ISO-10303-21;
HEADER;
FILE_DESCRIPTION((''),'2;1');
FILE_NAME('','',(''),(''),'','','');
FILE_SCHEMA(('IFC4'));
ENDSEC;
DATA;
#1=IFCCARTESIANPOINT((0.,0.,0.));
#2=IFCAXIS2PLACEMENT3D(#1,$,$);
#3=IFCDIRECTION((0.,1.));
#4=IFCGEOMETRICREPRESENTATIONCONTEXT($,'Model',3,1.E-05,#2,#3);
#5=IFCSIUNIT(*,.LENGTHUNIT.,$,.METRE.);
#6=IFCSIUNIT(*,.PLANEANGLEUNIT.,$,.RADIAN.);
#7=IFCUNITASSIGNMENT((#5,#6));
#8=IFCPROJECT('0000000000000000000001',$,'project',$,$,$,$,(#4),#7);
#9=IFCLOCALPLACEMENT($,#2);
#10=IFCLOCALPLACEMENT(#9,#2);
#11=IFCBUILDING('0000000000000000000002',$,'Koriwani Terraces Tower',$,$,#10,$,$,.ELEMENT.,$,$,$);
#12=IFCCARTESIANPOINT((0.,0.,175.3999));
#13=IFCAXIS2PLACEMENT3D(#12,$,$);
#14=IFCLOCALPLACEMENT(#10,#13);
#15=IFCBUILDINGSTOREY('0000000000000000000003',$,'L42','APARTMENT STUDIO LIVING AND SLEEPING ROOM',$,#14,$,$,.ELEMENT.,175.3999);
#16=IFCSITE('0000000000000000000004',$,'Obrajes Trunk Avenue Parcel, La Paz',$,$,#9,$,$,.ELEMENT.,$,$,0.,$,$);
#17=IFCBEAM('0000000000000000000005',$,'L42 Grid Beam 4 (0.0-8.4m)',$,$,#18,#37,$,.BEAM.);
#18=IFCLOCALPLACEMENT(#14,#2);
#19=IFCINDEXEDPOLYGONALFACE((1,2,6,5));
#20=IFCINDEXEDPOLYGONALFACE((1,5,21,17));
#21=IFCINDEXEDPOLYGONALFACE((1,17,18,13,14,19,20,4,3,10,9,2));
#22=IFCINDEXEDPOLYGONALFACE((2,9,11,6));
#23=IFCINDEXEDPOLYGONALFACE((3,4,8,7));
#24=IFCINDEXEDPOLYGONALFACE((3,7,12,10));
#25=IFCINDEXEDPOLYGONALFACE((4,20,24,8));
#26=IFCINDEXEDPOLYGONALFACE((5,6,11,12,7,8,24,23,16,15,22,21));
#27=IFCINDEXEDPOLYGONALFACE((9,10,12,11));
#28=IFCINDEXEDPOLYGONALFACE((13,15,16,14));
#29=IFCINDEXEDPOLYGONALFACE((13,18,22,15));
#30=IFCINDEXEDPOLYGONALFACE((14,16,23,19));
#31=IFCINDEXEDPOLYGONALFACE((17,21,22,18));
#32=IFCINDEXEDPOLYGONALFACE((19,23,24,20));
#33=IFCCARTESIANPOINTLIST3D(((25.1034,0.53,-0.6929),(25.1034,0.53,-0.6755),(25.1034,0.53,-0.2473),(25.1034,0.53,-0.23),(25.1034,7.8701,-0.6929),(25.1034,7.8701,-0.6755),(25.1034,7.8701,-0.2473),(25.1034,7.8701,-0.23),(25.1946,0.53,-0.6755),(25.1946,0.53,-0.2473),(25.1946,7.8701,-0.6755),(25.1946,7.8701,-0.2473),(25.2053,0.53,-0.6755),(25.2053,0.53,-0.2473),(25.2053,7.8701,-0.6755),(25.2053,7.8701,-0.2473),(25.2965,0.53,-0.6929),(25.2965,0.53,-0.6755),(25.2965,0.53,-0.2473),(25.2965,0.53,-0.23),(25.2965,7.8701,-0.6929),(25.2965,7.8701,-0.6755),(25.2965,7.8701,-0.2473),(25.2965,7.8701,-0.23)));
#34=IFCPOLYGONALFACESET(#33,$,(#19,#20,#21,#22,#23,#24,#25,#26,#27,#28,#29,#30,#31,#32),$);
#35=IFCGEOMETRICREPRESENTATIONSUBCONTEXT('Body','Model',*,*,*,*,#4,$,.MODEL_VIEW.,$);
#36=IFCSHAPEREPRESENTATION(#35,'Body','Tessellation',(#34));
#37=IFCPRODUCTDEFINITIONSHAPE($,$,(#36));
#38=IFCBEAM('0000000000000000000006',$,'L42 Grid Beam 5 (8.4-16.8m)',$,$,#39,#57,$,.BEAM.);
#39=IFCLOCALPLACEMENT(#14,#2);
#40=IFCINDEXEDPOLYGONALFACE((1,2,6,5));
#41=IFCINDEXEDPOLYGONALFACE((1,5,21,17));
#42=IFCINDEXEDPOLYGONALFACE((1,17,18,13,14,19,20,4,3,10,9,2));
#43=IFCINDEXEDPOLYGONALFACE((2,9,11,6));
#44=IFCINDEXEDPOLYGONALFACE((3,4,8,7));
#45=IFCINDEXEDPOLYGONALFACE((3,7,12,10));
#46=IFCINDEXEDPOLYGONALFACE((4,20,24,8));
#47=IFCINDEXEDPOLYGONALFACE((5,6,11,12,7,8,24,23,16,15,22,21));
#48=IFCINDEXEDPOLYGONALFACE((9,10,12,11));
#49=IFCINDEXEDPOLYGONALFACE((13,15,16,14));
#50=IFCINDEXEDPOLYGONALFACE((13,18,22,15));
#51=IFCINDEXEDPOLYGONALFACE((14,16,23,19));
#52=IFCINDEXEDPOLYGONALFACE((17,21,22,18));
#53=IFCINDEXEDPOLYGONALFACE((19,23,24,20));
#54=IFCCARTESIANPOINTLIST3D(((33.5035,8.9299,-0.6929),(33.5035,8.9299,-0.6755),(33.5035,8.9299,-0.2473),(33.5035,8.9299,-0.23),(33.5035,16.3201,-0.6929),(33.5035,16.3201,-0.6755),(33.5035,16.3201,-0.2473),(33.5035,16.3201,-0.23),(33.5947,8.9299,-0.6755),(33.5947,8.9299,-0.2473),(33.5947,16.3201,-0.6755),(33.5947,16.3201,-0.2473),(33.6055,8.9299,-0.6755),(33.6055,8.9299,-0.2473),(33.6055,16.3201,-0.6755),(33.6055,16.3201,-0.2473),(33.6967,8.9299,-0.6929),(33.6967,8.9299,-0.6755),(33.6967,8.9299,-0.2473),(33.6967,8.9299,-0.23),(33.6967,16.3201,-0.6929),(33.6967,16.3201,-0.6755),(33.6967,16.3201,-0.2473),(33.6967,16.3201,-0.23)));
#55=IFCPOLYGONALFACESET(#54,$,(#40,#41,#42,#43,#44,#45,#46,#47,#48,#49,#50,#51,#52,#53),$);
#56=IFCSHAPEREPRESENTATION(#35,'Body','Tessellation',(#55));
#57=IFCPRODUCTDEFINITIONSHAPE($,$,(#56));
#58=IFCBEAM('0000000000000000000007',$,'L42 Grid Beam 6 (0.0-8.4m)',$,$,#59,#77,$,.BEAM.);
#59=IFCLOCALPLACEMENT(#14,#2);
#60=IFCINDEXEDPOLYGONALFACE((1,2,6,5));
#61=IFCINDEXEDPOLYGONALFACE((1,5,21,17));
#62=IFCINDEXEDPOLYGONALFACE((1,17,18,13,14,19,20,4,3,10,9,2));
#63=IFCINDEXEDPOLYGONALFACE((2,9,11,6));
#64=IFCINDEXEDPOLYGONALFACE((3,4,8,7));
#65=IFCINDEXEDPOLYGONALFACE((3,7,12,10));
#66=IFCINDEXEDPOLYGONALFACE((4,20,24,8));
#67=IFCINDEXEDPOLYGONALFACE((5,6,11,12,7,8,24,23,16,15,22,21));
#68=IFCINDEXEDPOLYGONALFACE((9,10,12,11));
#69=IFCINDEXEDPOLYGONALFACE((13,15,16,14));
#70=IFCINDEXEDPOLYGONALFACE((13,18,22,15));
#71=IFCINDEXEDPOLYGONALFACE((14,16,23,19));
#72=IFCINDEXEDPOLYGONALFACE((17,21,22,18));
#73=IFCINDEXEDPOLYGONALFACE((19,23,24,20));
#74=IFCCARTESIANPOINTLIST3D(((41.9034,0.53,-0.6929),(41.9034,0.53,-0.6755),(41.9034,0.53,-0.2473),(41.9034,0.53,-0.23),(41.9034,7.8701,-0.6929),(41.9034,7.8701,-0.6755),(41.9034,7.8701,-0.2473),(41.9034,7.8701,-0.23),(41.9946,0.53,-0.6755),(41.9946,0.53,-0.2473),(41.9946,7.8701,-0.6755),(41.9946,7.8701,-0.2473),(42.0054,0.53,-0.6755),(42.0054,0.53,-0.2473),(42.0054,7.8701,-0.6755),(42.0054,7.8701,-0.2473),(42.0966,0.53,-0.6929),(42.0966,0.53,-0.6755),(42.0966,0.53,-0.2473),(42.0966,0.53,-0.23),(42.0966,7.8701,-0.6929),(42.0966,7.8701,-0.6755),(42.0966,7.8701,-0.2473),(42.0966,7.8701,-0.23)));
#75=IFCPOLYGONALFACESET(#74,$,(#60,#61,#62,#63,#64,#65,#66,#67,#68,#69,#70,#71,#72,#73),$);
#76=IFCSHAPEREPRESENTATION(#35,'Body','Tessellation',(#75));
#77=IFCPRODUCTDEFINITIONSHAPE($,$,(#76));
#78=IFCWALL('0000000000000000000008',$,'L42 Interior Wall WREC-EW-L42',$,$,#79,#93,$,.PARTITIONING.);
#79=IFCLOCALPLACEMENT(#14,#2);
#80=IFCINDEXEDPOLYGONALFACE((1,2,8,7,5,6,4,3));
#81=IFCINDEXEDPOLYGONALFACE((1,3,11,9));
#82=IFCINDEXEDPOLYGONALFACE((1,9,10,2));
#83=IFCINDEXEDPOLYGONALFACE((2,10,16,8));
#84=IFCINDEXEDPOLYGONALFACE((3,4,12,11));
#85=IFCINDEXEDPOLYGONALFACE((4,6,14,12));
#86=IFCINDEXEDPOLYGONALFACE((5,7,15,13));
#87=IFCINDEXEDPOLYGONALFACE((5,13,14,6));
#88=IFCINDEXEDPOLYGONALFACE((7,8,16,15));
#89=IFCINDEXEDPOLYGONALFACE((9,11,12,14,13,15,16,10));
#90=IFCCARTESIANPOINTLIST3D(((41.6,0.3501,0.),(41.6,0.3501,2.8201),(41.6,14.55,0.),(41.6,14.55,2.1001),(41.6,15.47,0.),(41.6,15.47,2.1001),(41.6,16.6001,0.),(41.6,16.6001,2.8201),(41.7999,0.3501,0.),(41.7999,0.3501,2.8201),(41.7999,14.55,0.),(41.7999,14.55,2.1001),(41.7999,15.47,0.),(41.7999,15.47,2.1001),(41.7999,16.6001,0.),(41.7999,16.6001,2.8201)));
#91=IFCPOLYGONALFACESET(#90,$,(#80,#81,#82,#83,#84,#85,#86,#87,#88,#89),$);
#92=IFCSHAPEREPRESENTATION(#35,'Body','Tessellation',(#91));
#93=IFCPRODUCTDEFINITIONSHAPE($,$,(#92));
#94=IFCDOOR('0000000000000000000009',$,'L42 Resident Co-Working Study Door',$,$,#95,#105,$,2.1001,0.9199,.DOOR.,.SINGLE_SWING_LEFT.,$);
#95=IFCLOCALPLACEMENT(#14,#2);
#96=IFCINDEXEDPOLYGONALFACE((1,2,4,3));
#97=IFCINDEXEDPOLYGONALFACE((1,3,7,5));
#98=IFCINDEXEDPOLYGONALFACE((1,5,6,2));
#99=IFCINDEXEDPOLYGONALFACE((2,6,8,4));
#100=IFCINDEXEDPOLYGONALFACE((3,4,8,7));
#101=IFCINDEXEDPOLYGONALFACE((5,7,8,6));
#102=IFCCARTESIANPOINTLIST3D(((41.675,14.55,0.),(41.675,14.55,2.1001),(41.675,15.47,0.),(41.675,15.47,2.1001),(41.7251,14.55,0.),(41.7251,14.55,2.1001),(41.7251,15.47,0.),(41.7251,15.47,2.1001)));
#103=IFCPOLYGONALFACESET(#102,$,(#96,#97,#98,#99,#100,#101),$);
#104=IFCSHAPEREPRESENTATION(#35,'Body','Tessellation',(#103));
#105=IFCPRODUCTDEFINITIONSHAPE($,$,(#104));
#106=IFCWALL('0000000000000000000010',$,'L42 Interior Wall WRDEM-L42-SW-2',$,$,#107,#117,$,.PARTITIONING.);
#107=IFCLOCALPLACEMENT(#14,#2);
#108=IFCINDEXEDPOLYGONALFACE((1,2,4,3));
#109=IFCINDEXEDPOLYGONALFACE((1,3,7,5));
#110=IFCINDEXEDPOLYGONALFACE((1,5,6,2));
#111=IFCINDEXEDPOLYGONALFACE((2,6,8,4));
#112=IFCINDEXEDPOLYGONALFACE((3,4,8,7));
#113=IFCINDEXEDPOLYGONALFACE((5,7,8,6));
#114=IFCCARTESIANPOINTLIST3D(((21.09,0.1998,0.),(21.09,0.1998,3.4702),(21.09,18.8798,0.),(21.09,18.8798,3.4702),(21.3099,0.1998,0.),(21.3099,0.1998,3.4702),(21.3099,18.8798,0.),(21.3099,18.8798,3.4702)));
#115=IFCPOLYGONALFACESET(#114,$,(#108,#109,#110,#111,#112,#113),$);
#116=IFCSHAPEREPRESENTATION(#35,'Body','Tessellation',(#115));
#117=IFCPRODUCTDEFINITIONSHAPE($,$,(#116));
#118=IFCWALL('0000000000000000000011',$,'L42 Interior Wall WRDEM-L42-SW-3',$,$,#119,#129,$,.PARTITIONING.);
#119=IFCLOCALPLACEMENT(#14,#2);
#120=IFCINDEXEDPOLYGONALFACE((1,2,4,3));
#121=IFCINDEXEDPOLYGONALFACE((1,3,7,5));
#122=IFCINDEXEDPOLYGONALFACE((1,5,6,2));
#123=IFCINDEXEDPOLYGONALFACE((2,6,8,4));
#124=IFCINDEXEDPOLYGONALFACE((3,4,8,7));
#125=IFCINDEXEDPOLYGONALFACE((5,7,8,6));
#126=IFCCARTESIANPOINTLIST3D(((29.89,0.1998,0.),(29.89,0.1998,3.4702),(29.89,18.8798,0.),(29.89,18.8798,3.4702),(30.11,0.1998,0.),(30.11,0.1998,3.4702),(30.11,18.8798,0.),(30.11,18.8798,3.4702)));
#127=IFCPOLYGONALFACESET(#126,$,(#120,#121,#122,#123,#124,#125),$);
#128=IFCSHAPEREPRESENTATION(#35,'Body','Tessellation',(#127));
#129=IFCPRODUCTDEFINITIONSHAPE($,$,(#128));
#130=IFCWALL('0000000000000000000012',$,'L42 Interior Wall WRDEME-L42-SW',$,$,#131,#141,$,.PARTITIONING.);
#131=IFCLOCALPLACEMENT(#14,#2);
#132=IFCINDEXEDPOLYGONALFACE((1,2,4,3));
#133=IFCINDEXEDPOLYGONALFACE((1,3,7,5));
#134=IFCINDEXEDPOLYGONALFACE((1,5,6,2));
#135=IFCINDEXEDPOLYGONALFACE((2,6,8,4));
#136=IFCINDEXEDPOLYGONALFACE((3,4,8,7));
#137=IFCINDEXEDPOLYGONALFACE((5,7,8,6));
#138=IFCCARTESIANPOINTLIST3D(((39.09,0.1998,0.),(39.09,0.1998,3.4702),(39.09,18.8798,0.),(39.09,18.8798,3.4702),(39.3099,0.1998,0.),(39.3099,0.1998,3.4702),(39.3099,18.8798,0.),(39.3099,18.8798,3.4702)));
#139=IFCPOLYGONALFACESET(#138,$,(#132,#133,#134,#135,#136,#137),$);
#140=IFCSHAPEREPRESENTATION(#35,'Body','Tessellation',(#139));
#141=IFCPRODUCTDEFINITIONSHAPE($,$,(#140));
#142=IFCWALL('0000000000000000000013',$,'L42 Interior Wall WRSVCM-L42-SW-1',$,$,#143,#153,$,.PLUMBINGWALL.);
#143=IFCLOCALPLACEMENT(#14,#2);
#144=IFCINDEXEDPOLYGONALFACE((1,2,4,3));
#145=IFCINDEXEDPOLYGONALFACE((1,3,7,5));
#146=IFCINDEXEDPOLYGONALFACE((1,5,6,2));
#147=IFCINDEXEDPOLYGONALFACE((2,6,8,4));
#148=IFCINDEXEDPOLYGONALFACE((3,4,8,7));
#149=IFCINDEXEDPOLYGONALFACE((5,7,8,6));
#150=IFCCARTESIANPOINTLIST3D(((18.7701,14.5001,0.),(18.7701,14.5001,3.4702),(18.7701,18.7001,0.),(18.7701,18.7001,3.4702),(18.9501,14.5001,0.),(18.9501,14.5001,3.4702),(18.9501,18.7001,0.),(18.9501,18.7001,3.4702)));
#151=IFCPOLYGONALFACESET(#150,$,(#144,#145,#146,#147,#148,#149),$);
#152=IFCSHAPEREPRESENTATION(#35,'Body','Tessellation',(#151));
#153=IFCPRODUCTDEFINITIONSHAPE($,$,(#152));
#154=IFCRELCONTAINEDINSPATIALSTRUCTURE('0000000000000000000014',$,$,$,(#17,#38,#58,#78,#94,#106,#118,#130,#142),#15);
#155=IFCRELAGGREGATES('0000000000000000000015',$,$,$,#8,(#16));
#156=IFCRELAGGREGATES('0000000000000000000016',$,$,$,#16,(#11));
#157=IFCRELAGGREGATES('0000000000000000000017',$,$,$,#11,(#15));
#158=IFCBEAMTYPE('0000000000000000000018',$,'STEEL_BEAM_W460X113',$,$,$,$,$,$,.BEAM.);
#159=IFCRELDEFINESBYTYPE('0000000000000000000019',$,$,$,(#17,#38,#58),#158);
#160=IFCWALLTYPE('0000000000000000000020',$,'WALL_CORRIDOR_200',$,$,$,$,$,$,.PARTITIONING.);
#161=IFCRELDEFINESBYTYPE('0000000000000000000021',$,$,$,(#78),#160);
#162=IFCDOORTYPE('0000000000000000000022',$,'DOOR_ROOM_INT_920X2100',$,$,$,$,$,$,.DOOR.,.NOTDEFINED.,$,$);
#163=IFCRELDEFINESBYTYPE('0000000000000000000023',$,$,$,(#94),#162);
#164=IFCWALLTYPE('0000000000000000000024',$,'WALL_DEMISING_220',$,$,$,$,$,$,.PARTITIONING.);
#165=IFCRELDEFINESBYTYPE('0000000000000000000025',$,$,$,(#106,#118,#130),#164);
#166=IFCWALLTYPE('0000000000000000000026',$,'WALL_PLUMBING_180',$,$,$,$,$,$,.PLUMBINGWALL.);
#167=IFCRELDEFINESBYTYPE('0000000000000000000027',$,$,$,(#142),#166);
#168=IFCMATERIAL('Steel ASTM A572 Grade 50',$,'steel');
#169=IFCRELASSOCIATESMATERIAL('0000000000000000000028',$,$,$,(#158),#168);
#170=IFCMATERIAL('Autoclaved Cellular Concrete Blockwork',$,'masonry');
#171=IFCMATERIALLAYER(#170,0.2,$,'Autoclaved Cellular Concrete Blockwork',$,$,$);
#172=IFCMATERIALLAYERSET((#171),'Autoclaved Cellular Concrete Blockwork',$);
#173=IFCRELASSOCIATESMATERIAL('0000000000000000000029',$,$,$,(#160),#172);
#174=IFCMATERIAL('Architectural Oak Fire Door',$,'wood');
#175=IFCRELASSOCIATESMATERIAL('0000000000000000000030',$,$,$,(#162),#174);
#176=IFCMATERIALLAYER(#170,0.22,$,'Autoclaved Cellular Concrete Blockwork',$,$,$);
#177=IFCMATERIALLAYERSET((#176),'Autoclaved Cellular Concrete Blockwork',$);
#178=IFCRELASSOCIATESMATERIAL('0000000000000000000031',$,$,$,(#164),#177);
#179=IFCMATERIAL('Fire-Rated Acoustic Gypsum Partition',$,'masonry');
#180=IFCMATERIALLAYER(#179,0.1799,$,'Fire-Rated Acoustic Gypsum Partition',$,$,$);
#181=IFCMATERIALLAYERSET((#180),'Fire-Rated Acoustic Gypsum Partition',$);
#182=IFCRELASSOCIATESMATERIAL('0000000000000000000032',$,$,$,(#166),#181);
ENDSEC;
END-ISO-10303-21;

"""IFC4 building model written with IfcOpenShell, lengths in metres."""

from ifc_helpers import new_model, si_unit, direction, frame, frame_2d, origin, origin_2d, place, context, subcontext, project, spatial, rectangle, i_section, extrude, material, layer, layer_set, material_profile, profile_set, type_object, element, fill, save


model = new_model("IFC4")

# Units and contexts
model_context = context("Model", 3, precision=1e-05, world=origin(), true_north=direction((0.0, 1.0)))
body_context = subcontext(model_context, "Body", "Model", "MODEL_VIEW")
ifc_project = project(units=[si_unit("LENGTHUNIT", "METRE"), si_unit("PLANEANGLEUNIT", "RADIAN")], contexts=[model_context])

# Site, building, storey
site_placement = place(None, origin())
site = spatial("IfcSite", under=ifc_project, at=site_placement, Name="Obrajes Trunk Avenue Parcel, La Paz", CompositionType="ELEMENT", RefElevation=0.0)
building_placement = place(site_placement, origin())
building = spatial("IfcBuilding", under=site, at=building_placement, Name="Koriwani Terraces Tower", CompositionType="ELEMENT")
storey_placement = place(building_placement, frame((0.0, 0.0, 175.3999)))
storey = spatial("IfcBuildingStorey", under=building, at=storey_placement, Name="L42", Description="APARTMENT STUDIO LIVING AND SLEEPING ROOM", CompositionType="ELEMENT", Elevation=175.3999)

# Beams
ifc_material_1 = material(Name="Steel ASTM A572 Grade 50", Category="steel")
ifc_material_profile_1 = material_profile(ifc_material_1, i_section(OverallWidth=0.1931, OverallDepth=0.4629, WebThickness=0.0107, FlangeThickness=0.0173, at=origin_2d()), Name="Steel ASTM A572 Grade 50", Category="LoadBearing")
ifc_profile_set_1 = profile_set([ifc_material_profile_1], Name="Steel ASTM A572 Grade 50")
beam_type_1 = type_object("IfcBeamType", Name="STEEL_BEAM_W460X113", PredefinedType="BEAM", material=ifc_profile_set_1)
for number, where, z_axis, x_axis, name in (
    (1, (25.2, 0.53, -0.4614), (0.0, 1.0, 0.0), (-1.0, 0.0, 0.0), "L42 Grid Beam 4 (0.0-8.4m)"),
):
    element("IfcBeam", number, at=place(storey_placement, frame(where, z_axis=z_axis, x_axis=x_axis)), inside=storey, type_object=beam_type_1, Name=name, PredefinedType="BEAM", context=body_context, shape_type="SweptSolid", body=[
        extrude(i_section(OverallWidth=0.1931, OverallDepth=0.4629, WebThickness=0.0107, FlangeThickness=0.0173, at=origin_2d()), origin(), (0.0, 0.0, 1.0), 7.3401),
    ])
beam_1_placement = place(storey_placement, frame((33.6001, 8.9299, -0.4614), z_axis=(0.0, 1.0, 0.0), x_axis=(-1.0, 0.0, 0.0)))
element("IfcBeam", 2, at=beam_1_placement, inside=storey, type_object=beam_type_1, Name="L42 Grid Beam 5 (8.4-16.8m)", PredefinedType="BEAM", context=body_context, shape_type="SweptSolid", body=[
    extrude(i_section(OverallWidth=0.1931, OverallDepth=0.4629, WebThickness=0.0107, FlangeThickness=0.0173, at=origin_2d()), origin(), (0.0, 0.0, 1.0), 7.3901),
])
beam_2_placement = place(storey_placement, frame((42.0, 0.53, -0.4614), z_axis=(0.0, 1.0, 0.0), x_axis=(-1.0, 0.0, 0.0)))
element("IfcBeam", 3, at=beam_2_placement, inside=storey, type_object=beam_type_1, Name="L42 Grid Beam 6 (0.0-8.4m)", PredefinedType="BEAM", context=body_context, shape_type="SweptSolid", body=[
    extrude(i_section(OverallWidth=0.1931, OverallDepth=0.4629, WebThickness=0.0107, FlangeThickness=0.0173, at=origin_2d()), origin(), (0.0, 0.0, 1.0), 7.3401),
])

# Wall, opening, door
ifc_material_2 = material(Name="Autoclaved Cellular Concrete Blockwork", Category="masonry")
ifc_layer_1 = layer(ifc_material_2, 0.2, Name="Autoclaved Cellular Concrete Blockwork")
ifc_layer_set_1 = layer_set([ifc_layer_1], Name="Autoclaved Cellular Concrete Blockwork")
wall_type_1 = type_object("IfcWallType", Name="WALL_CORRIDOR_200", PredefinedType="PARTITIONING", material=ifc_layer_set_1)
wall_1_placement = place(storey_placement, frame((41.7, 0.3501, 0.0), z_axis=(0.0, 0.0, 1.0), x_axis=(0.0, 1.0, 0.0)))
wall_1 = element("IfcWall", 4, at=wall_1_placement, inside=storey, type_object=wall_type_1, Name="L42 Interior Wall WREC-EW-L42", PredefinedType="PARTITIONING", context=body_context, shape_type="SweptSolid", body=[
    extrude(rectangle(XDim=16.25, YDim=0.2, at=frame_2d((8.125, 0.0))), origin(), (0.0, 0.0, 1.0), 2.8201),
])
opening_1_placement = place(wall_1_placement, frame((14.2, 0.0, 0.0)))
opening_1 = element("IfcOpeningElement", 5, at=opening_1_placement, cuts=wall_1, PredefinedType="OPENING", context=body_context, shape_type="SweptSolid", body=[
    extrude(rectangle(XDim=0.9199, YDim=2.1001, at=frame_2d((0.46, 1.05))), frame((0.0, 0.1099, 0.0), z_axis=(0.0, -1.0, 0.0), x_axis=(1.0, 0.0, 0.0)), (0.0, 0.0, 1.0), 0.22),
])
ifc_material_3 = material(Name="Architectural Oak Fire Door", Category="wood")
door_type_1 = type_object("IfcDoorType", Name="DOOR_ROOM_INT_920X2100", OperationType="NOTDEFINED", PredefinedType="DOOR", material=ifc_material_3)
door_1_placement = place(opening_1_placement, origin())
door_1 = element("IfcDoor", 6, at=door_1_placement, inside=storey, type_object=door_type_1, Name="L42 Resident Co-Working Study Door", OperationType="SINGLE_SWING_LEFT", OverallHeight=2.1001, OverallWidth=0.9199, PredefinedType="DOOR", context=body_context, shape_type="SweptSolid", body=[
    extrude(rectangle(XDim=0.9199, YDim=2.1001, at=frame_2d((0.46, 1.05))), frame((0.0, 0.0249, 0.0), z_axis=(0.0, -1.0, 0.0), x_axis=(1.0, 0.0, 0.0)), (0.0, 0.0, 1.0), 0.05),
])
fill(opening_1, door_1)

# Walls
ifc_layer_2 = layer(ifc_material_2, 0.22, Name="Autoclaved Cellular Concrete Blockwork")
ifc_layer_set_2 = layer_set([ifc_layer_2], Name="Autoclaved Cellular Concrete Blockwork")
wall_type_2 = type_object("IfcWallType", Name="WALL_DEMISING_220", PredefinedType="PARTITIONING", material=ifc_layer_set_2)
for number, where, z_axis, x_axis, name in (
    (7, (21.2, 0.2, 0.0), (0.0, 0.0, 1.0), (0.0, 1.0, 0.0), "L42 Interior Wall WRDEM-L42-SW-2"),
    (8, (30.0, 0.2, 0.0), (0.0, 0.0, 1.0), (0.0, 1.0, 0.0), "L42 Interior Wall WRDEM-L42-SW-3"),
    (9, (39.2, 0.2, 0.0), (0.0, 0.0, 1.0), (0.0, 1.0, 0.0), "L42 Interior Wall WRDEME-L42-SW"),
):
    element("IfcWall", number, at=place(storey_placement, frame(where, z_axis=z_axis, x_axis=x_axis)), inside=storey, type_object=wall_type_2, Name=name, PredefinedType="PARTITIONING", context=body_context, shape_type="SweptSolid", body=[
        extrude(rectangle(XDim=18.6799, YDim=0.22, at=frame_2d((9.3398, 0.0))), origin(), (0.0, 0.0, 1.0), 3.4702),
    ])
ifc_material_4 = material(Name="Fire-Rated Acoustic Gypsum Partition", Category="masonry")
ifc_layer_3 = layer(ifc_material_4, 0.1799, Name="Fire-Rated Acoustic Gypsum Partition")
ifc_layer_set_3 = layer_set([ifc_layer_3], Name="Fire-Rated Acoustic Gypsum Partition")
wall_type_3 = type_object("IfcWallType", Name="WALL_PLUMBING_180", PredefinedType="PLUMBINGWALL", material=ifc_layer_set_3)
wall_2_placement = place(storey_placement, frame((18.8601, 14.5, 0.0), z_axis=(0.0, 0.0, 1.0), x_axis=(0.0, 1.0, 0.0)))
element("IfcWall", 10, at=wall_2_placement, inside=storey, type_object=wall_type_3, Name="L42 Interior Wall WRSVCM-L42-SW-1", PredefinedType="PLUMBINGWALL", context=body_context, shape_type="SweptSolid", body=[
    extrude(rectangle(XDim=4.2, YDim=0.1799, at=frame_2d((2.1001, 0.0))), origin(), (0.0, 0.0, 1.0), 3.4702),
])

save(model, "model.ifc")
